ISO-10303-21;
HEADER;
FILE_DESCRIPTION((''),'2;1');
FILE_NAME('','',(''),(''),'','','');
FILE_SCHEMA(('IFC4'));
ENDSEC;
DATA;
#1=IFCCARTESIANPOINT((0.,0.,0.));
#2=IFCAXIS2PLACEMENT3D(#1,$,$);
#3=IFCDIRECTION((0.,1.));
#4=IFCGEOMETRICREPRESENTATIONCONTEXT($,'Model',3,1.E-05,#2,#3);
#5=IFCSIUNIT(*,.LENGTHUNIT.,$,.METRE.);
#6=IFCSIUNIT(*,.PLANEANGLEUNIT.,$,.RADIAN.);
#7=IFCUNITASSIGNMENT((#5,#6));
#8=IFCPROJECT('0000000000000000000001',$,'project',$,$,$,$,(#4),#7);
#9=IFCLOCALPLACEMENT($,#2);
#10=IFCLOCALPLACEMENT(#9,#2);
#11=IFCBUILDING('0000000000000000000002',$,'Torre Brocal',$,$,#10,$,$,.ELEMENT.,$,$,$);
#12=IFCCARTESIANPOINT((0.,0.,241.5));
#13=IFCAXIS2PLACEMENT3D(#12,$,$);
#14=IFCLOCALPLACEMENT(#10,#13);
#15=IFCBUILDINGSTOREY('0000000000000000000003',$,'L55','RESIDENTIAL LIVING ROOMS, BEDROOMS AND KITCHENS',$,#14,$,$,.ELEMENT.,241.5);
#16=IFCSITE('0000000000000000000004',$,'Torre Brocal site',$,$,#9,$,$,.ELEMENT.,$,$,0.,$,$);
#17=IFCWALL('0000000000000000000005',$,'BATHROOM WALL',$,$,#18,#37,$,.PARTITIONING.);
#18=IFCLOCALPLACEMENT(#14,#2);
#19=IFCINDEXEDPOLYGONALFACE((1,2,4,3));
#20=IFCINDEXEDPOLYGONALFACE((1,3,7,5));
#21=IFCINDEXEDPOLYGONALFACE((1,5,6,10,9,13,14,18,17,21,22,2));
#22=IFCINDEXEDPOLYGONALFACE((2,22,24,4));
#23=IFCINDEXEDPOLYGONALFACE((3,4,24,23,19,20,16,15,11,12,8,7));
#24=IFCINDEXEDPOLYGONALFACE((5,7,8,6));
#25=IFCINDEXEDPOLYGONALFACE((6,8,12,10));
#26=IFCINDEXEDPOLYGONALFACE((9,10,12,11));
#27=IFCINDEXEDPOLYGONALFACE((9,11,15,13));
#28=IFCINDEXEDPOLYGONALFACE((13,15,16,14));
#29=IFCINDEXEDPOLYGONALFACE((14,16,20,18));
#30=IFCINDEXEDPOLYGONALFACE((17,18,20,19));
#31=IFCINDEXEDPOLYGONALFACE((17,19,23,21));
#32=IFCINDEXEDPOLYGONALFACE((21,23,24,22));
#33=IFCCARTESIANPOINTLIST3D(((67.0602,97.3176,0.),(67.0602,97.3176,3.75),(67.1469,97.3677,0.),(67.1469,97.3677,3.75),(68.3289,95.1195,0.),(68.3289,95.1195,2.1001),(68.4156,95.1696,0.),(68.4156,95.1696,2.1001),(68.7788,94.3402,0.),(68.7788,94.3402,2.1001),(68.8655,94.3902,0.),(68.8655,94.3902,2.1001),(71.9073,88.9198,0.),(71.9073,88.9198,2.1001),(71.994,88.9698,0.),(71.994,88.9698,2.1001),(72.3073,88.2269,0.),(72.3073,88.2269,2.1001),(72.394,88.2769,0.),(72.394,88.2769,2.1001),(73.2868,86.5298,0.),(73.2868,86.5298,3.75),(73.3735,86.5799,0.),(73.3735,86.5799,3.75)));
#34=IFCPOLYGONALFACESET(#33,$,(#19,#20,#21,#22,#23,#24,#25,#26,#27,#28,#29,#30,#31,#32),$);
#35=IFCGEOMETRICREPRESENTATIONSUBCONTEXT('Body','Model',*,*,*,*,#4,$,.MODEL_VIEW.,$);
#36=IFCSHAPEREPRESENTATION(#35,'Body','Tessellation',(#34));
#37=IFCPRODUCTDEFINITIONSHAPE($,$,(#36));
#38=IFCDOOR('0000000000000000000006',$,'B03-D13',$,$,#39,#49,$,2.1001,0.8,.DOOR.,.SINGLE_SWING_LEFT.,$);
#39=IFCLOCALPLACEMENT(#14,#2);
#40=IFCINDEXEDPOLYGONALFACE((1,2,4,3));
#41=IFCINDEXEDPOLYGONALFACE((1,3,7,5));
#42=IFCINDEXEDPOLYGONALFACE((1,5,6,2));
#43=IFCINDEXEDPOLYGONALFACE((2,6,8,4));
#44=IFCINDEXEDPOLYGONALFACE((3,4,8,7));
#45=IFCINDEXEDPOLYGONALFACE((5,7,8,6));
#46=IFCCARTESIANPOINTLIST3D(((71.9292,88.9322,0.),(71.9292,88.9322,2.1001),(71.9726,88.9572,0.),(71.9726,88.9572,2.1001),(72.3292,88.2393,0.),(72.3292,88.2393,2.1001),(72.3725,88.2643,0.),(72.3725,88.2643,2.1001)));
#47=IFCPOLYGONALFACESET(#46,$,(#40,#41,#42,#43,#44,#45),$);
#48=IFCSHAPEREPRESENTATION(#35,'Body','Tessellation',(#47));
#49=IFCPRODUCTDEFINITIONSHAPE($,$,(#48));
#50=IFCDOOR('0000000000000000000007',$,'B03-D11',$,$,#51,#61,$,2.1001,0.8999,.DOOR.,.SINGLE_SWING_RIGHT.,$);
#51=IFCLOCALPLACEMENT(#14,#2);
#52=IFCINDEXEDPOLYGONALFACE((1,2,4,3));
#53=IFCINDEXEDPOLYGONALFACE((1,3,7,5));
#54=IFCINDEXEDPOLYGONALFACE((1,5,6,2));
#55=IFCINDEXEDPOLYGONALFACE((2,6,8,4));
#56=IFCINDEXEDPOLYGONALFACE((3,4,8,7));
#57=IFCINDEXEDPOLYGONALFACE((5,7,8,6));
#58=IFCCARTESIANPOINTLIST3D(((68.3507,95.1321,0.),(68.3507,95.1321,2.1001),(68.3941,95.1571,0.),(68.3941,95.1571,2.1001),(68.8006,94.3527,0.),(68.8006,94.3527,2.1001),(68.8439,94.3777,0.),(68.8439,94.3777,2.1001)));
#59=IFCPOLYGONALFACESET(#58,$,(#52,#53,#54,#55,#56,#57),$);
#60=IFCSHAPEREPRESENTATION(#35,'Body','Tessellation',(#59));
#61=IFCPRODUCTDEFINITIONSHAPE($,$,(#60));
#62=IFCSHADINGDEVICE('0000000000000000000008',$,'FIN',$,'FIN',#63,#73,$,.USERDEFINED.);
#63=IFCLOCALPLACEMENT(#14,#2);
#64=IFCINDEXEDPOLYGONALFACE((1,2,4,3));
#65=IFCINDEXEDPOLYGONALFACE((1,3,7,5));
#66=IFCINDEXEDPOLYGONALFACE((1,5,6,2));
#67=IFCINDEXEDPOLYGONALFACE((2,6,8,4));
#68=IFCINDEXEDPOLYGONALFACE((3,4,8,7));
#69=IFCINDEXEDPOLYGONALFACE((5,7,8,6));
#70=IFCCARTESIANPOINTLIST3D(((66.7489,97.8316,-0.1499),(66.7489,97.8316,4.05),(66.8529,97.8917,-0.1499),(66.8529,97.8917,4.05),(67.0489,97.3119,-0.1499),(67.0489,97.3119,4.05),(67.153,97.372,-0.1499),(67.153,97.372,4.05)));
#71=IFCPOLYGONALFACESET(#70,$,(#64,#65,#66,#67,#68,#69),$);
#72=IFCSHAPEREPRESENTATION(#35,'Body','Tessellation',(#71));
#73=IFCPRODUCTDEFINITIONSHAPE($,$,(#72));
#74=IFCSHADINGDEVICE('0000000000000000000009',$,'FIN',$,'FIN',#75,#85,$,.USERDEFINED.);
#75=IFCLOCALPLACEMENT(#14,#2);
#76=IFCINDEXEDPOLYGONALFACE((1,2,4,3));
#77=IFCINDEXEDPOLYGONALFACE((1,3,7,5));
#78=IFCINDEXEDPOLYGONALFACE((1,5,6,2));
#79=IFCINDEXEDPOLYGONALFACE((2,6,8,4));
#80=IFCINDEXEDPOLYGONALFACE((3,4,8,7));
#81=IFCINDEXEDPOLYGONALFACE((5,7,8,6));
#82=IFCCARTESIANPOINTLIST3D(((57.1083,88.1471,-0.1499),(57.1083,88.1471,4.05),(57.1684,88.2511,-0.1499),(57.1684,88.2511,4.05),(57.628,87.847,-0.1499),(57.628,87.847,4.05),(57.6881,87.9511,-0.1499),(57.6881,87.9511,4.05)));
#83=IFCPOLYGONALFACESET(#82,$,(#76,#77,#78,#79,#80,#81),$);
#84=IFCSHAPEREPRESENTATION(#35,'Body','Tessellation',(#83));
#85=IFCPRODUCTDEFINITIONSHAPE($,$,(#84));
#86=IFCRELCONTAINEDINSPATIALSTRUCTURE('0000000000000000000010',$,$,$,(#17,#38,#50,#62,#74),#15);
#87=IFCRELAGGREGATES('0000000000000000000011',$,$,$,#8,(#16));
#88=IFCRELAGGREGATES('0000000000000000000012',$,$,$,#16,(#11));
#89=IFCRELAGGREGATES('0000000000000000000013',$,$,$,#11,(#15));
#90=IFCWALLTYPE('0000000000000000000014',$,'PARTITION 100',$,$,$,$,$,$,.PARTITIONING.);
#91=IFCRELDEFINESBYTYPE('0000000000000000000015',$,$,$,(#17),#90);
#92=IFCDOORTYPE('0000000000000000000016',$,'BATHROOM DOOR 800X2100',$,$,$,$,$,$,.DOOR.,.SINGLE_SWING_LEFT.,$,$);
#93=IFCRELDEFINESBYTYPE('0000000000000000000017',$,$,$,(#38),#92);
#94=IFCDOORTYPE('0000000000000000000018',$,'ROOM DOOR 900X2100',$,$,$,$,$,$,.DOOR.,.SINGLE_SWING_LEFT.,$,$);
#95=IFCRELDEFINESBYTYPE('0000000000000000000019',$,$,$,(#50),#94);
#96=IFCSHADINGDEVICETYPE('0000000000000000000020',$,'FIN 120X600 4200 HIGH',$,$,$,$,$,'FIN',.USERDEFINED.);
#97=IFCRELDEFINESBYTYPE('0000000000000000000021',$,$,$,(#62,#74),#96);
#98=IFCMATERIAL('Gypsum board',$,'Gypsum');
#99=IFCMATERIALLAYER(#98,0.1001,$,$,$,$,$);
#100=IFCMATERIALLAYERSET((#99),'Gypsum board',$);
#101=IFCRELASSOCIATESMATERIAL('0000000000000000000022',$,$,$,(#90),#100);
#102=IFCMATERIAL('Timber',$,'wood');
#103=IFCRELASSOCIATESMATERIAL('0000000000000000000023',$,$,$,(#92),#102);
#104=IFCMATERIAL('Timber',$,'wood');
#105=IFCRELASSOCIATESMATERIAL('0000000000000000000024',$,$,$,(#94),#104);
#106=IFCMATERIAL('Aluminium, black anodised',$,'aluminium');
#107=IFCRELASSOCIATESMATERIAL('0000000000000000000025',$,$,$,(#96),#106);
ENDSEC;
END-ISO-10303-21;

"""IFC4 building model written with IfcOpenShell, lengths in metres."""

from ifc_helpers import new_model, si_unit, direction, frame, frame_2d, origin, origin_2d, place, context, subcontext, project, spatial, rectangle, extrude, material, layer, layer_set, material_profile, profile_set, type_object, element, fill, save


model = new_model("IFC4")

# Units and contexts
model_context = context("Model", 3, precision=1e-05, world=origin(), true_north=direction((0.0, 1.0)))
body_context = subcontext(model_context, "Body", "Model", "MODEL_VIEW")
ifc_project = project(units=[si_unit("LENGTHUNIT", "METRE"), si_unit("PLANEANGLEUNIT", "RADIAN")], contexts=[model_context])

# Site, building, storey
site_placement = place(None, origin())
site = spatial("IfcSite", under=ifc_project, at=site_placement, Name="Torre Brocal site", CompositionType="ELEMENT", RefElevation=0.0)
building_placement = place(site_placement, origin())
building = spatial("IfcBuilding", under=site, at=building_placement, Name="Torre Brocal", CompositionType="ELEMENT")
storey_placement = place(building_placement, frame((0.0, 0.0, 241.5)))
storey = spatial("IfcBuildingStorey", under=building, at=storey_placement, Name="L55", Description="RESIDENTIAL LIVING ROOMS, BEDROOMS AND KITCHENS", CompositionType="ELEMENT", Elevation=241.5)

# Shared definitions
ifc_material_1 = material(Name="Gypsum board", Category="Gypsum")
ifc_layer_1 = layer(ifc_material_1, 0.1001)
ifc_layer_set_1 = layer_set([ifc_layer_1], Name="Gypsum board")
wall_type_1 = type_object("IfcWallType", Name="PARTITION 100", PredefinedType="PARTITIONING", material=ifc_layer_set_1)
ifc_material_2 = material(Name="Timber", Category="wood")
door_type_1 = type_object("IfcDoorType", Name="BATHROOM DOOR 800X2100", OperationType="SINGLE_SWING_LEFT", PredefinedType="DOOR", material=ifc_material_2)

# Shared definitions
ifc_material_3 = material(Name="Timber", Category="wood")
door_type_2 = type_object("IfcDoorType", Name="ROOM DOOR 900X2100", OperationType="SINGLE_SWING_LEFT", PredefinedType="DOOR", material=ifc_material_3)

# Wall, openings, doors
wall_1_placement = place(storey_placement, frame((67.1035, 97.3428, 0.0), z_axis=(0.0, 0.0, 1.0), x_axis=(0.499892, -0.866088, 0.0)))
wall_1 = element("IfcWall", 1, at=wall_1_placement, inside=storey, type_object=wall_type_1, Name="BATHROOM WALL", PredefinedType="PARTITIONING", context=body_context, shape_type="SweptSolid", body=[
    extrude(rectangle(XDim=12.4558, YDim=0.1001, at=frame_2d((6.228, 0.0))), origin(), (0.0, 0.0, 1.0), 3.75),
])
opening_1_placement = place(wall_1_placement, frame((2.5381, 0.0, 0.0)))
opening_1 = element("IfcOpeningElement", 2, at=opening_1_placement, cuts=wall_1, PredefinedType="OPENING", context=body_context, shape_type="SweptSolid", body=[
    extrude(rectangle(XDim=0.8999, YDim=2.1001, at=frame_2d((0.45, 1.05))), frame((0.0, 0.0601, 0.0), z_axis=(0.0, -1.0, 0.0), x_axis=(1.0, 0.0, 0.0)), (0.0, 0.0, 1.0), 0.1201),
])
opening_2_placement = place(wall_1_placement, frame((9.6965, 0.0, 0.0)))
opening_2 = element("IfcOpeningElement", 3, at=opening_2_placement, cuts=wall_1, PredefinedType="OPENING", context=body_context, shape_type="SweptSolid", body=[
    extrude(rectangle(XDim=0.8, YDim=2.1001, at=frame_2d((0.3999, 1.05))), frame((0.0, 0.0601, 0.0), z_axis=(0.0, -1.0, 0.0), x_axis=(1.0, 0.0, 0.0)), (0.0, 0.0, 1.0), 0.1201),
])
door_1_placement = place(opening_2_placement, frame((0.8, 0.0, 0.0), z_axis=(0.0, 0.0, 1.0), x_axis=(-1.0, 0.0, 0.0)))
door_1 = element("IfcDoor", 4, at=door_1_placement, inside=storey, type_object=door_type_1, Name="B03-D13", OperationType="SINGLE_SWING_LEFT", OverallHeight=2.1001, OverallWidth=0.8, PredefinedType="DOOR", context=body_context, shape_type="SweptSolid", body=[
    extrude(rectangle(XDim=0.8, YDim=2.1001, at=frame_2d((0.3999, 1.05))), frame((0.0, 0.0249, 0.0), z_axis=(0.0, -1.0, 0.0), x_axis=(1.0, 0.0, 0.0)), (0.0, 0.0, 1.0), 0.05),
])
fill(opening_2, door_1)
door_2_placement = place(opening_1_placement, frame((0.8999, 0.0, 0.0), z_axis=(0.0, 0.0, 1.0), x_axis=(-1.0, 0.0, 0.0)))
door_2 = element("IfcDoor", 5, at=door_2_placement, inside=storey, type_object=door_type_2, Name="B03-D11", OperationType="SINGLE_SWING_RIGHT", OverallHeight=2.1001, OverallWidth=0.8999, PredefinedType="DOOR", context=body_context, shape_type="SweptSolid", body=[
    extrude(rectangle(XDim=0.8999, YDim=2.1001, at=frame_2d((0.45, 1.05))), frame((0.0, 0.0249, 0.0), z_axis=(0.0, -1.0, 0.0), x_axis=(1.0, 0.0, 0.0)), (0.0, 0.0, 1.0), 0.05),
])
fill(opening_1, door_2)

# Shading devices
ifc_material_4 = material(Name="Aluminium, black anodised", Category="aluminium")
ifc_material_profile_1 = material_profile(ifc_material_4, rectangle(XDim=0.1201, YDim=0.6001, at=origin_2d()), Name="FIN 120X600 4200 HIGH")
ifc_profile_set_1 = profile_set([ifc_material_profile_1], Name="Aluminium, black anodised")
shading_device_type = type_object("IfcShadingDeviceType", Name="FIN 120X600 4200 HIGH", ElementType="FIN", PredefinedType="USERDEFINED", material=ifc_profile_set_1)
for number, where, z_axis, x_axis, name in (
    (6, (66.9509, 97.6018, -0.1499), (0.0, 0.0, 1.0), (-0.866025, -0.5, 0.0), "FIN"),
    (7, (57.3982, 88.0491, -0.1499), (0.0, 0.0, 1.0), (-0.5, -0.866025, 0.0), "FIN"),
):
    element("IfcShadingDevice", number, at=place(storey_placement, frame(where, z_axis=z_axis, x_axis=x_axis)), inside=storey, type_object=shading_device_type, Name=name, ObjectType="FIN", PredefinedType="USERDEFINED", context=body_context, shape_type="SweptSolid", body=[
        extrude(rectangle(XDim=0.1201, YDim=0.6001, at=origin_2d()), origin(), (0.0, 0.0, 1.0), 4.2),
    ])

save(model, "model.ifc")
